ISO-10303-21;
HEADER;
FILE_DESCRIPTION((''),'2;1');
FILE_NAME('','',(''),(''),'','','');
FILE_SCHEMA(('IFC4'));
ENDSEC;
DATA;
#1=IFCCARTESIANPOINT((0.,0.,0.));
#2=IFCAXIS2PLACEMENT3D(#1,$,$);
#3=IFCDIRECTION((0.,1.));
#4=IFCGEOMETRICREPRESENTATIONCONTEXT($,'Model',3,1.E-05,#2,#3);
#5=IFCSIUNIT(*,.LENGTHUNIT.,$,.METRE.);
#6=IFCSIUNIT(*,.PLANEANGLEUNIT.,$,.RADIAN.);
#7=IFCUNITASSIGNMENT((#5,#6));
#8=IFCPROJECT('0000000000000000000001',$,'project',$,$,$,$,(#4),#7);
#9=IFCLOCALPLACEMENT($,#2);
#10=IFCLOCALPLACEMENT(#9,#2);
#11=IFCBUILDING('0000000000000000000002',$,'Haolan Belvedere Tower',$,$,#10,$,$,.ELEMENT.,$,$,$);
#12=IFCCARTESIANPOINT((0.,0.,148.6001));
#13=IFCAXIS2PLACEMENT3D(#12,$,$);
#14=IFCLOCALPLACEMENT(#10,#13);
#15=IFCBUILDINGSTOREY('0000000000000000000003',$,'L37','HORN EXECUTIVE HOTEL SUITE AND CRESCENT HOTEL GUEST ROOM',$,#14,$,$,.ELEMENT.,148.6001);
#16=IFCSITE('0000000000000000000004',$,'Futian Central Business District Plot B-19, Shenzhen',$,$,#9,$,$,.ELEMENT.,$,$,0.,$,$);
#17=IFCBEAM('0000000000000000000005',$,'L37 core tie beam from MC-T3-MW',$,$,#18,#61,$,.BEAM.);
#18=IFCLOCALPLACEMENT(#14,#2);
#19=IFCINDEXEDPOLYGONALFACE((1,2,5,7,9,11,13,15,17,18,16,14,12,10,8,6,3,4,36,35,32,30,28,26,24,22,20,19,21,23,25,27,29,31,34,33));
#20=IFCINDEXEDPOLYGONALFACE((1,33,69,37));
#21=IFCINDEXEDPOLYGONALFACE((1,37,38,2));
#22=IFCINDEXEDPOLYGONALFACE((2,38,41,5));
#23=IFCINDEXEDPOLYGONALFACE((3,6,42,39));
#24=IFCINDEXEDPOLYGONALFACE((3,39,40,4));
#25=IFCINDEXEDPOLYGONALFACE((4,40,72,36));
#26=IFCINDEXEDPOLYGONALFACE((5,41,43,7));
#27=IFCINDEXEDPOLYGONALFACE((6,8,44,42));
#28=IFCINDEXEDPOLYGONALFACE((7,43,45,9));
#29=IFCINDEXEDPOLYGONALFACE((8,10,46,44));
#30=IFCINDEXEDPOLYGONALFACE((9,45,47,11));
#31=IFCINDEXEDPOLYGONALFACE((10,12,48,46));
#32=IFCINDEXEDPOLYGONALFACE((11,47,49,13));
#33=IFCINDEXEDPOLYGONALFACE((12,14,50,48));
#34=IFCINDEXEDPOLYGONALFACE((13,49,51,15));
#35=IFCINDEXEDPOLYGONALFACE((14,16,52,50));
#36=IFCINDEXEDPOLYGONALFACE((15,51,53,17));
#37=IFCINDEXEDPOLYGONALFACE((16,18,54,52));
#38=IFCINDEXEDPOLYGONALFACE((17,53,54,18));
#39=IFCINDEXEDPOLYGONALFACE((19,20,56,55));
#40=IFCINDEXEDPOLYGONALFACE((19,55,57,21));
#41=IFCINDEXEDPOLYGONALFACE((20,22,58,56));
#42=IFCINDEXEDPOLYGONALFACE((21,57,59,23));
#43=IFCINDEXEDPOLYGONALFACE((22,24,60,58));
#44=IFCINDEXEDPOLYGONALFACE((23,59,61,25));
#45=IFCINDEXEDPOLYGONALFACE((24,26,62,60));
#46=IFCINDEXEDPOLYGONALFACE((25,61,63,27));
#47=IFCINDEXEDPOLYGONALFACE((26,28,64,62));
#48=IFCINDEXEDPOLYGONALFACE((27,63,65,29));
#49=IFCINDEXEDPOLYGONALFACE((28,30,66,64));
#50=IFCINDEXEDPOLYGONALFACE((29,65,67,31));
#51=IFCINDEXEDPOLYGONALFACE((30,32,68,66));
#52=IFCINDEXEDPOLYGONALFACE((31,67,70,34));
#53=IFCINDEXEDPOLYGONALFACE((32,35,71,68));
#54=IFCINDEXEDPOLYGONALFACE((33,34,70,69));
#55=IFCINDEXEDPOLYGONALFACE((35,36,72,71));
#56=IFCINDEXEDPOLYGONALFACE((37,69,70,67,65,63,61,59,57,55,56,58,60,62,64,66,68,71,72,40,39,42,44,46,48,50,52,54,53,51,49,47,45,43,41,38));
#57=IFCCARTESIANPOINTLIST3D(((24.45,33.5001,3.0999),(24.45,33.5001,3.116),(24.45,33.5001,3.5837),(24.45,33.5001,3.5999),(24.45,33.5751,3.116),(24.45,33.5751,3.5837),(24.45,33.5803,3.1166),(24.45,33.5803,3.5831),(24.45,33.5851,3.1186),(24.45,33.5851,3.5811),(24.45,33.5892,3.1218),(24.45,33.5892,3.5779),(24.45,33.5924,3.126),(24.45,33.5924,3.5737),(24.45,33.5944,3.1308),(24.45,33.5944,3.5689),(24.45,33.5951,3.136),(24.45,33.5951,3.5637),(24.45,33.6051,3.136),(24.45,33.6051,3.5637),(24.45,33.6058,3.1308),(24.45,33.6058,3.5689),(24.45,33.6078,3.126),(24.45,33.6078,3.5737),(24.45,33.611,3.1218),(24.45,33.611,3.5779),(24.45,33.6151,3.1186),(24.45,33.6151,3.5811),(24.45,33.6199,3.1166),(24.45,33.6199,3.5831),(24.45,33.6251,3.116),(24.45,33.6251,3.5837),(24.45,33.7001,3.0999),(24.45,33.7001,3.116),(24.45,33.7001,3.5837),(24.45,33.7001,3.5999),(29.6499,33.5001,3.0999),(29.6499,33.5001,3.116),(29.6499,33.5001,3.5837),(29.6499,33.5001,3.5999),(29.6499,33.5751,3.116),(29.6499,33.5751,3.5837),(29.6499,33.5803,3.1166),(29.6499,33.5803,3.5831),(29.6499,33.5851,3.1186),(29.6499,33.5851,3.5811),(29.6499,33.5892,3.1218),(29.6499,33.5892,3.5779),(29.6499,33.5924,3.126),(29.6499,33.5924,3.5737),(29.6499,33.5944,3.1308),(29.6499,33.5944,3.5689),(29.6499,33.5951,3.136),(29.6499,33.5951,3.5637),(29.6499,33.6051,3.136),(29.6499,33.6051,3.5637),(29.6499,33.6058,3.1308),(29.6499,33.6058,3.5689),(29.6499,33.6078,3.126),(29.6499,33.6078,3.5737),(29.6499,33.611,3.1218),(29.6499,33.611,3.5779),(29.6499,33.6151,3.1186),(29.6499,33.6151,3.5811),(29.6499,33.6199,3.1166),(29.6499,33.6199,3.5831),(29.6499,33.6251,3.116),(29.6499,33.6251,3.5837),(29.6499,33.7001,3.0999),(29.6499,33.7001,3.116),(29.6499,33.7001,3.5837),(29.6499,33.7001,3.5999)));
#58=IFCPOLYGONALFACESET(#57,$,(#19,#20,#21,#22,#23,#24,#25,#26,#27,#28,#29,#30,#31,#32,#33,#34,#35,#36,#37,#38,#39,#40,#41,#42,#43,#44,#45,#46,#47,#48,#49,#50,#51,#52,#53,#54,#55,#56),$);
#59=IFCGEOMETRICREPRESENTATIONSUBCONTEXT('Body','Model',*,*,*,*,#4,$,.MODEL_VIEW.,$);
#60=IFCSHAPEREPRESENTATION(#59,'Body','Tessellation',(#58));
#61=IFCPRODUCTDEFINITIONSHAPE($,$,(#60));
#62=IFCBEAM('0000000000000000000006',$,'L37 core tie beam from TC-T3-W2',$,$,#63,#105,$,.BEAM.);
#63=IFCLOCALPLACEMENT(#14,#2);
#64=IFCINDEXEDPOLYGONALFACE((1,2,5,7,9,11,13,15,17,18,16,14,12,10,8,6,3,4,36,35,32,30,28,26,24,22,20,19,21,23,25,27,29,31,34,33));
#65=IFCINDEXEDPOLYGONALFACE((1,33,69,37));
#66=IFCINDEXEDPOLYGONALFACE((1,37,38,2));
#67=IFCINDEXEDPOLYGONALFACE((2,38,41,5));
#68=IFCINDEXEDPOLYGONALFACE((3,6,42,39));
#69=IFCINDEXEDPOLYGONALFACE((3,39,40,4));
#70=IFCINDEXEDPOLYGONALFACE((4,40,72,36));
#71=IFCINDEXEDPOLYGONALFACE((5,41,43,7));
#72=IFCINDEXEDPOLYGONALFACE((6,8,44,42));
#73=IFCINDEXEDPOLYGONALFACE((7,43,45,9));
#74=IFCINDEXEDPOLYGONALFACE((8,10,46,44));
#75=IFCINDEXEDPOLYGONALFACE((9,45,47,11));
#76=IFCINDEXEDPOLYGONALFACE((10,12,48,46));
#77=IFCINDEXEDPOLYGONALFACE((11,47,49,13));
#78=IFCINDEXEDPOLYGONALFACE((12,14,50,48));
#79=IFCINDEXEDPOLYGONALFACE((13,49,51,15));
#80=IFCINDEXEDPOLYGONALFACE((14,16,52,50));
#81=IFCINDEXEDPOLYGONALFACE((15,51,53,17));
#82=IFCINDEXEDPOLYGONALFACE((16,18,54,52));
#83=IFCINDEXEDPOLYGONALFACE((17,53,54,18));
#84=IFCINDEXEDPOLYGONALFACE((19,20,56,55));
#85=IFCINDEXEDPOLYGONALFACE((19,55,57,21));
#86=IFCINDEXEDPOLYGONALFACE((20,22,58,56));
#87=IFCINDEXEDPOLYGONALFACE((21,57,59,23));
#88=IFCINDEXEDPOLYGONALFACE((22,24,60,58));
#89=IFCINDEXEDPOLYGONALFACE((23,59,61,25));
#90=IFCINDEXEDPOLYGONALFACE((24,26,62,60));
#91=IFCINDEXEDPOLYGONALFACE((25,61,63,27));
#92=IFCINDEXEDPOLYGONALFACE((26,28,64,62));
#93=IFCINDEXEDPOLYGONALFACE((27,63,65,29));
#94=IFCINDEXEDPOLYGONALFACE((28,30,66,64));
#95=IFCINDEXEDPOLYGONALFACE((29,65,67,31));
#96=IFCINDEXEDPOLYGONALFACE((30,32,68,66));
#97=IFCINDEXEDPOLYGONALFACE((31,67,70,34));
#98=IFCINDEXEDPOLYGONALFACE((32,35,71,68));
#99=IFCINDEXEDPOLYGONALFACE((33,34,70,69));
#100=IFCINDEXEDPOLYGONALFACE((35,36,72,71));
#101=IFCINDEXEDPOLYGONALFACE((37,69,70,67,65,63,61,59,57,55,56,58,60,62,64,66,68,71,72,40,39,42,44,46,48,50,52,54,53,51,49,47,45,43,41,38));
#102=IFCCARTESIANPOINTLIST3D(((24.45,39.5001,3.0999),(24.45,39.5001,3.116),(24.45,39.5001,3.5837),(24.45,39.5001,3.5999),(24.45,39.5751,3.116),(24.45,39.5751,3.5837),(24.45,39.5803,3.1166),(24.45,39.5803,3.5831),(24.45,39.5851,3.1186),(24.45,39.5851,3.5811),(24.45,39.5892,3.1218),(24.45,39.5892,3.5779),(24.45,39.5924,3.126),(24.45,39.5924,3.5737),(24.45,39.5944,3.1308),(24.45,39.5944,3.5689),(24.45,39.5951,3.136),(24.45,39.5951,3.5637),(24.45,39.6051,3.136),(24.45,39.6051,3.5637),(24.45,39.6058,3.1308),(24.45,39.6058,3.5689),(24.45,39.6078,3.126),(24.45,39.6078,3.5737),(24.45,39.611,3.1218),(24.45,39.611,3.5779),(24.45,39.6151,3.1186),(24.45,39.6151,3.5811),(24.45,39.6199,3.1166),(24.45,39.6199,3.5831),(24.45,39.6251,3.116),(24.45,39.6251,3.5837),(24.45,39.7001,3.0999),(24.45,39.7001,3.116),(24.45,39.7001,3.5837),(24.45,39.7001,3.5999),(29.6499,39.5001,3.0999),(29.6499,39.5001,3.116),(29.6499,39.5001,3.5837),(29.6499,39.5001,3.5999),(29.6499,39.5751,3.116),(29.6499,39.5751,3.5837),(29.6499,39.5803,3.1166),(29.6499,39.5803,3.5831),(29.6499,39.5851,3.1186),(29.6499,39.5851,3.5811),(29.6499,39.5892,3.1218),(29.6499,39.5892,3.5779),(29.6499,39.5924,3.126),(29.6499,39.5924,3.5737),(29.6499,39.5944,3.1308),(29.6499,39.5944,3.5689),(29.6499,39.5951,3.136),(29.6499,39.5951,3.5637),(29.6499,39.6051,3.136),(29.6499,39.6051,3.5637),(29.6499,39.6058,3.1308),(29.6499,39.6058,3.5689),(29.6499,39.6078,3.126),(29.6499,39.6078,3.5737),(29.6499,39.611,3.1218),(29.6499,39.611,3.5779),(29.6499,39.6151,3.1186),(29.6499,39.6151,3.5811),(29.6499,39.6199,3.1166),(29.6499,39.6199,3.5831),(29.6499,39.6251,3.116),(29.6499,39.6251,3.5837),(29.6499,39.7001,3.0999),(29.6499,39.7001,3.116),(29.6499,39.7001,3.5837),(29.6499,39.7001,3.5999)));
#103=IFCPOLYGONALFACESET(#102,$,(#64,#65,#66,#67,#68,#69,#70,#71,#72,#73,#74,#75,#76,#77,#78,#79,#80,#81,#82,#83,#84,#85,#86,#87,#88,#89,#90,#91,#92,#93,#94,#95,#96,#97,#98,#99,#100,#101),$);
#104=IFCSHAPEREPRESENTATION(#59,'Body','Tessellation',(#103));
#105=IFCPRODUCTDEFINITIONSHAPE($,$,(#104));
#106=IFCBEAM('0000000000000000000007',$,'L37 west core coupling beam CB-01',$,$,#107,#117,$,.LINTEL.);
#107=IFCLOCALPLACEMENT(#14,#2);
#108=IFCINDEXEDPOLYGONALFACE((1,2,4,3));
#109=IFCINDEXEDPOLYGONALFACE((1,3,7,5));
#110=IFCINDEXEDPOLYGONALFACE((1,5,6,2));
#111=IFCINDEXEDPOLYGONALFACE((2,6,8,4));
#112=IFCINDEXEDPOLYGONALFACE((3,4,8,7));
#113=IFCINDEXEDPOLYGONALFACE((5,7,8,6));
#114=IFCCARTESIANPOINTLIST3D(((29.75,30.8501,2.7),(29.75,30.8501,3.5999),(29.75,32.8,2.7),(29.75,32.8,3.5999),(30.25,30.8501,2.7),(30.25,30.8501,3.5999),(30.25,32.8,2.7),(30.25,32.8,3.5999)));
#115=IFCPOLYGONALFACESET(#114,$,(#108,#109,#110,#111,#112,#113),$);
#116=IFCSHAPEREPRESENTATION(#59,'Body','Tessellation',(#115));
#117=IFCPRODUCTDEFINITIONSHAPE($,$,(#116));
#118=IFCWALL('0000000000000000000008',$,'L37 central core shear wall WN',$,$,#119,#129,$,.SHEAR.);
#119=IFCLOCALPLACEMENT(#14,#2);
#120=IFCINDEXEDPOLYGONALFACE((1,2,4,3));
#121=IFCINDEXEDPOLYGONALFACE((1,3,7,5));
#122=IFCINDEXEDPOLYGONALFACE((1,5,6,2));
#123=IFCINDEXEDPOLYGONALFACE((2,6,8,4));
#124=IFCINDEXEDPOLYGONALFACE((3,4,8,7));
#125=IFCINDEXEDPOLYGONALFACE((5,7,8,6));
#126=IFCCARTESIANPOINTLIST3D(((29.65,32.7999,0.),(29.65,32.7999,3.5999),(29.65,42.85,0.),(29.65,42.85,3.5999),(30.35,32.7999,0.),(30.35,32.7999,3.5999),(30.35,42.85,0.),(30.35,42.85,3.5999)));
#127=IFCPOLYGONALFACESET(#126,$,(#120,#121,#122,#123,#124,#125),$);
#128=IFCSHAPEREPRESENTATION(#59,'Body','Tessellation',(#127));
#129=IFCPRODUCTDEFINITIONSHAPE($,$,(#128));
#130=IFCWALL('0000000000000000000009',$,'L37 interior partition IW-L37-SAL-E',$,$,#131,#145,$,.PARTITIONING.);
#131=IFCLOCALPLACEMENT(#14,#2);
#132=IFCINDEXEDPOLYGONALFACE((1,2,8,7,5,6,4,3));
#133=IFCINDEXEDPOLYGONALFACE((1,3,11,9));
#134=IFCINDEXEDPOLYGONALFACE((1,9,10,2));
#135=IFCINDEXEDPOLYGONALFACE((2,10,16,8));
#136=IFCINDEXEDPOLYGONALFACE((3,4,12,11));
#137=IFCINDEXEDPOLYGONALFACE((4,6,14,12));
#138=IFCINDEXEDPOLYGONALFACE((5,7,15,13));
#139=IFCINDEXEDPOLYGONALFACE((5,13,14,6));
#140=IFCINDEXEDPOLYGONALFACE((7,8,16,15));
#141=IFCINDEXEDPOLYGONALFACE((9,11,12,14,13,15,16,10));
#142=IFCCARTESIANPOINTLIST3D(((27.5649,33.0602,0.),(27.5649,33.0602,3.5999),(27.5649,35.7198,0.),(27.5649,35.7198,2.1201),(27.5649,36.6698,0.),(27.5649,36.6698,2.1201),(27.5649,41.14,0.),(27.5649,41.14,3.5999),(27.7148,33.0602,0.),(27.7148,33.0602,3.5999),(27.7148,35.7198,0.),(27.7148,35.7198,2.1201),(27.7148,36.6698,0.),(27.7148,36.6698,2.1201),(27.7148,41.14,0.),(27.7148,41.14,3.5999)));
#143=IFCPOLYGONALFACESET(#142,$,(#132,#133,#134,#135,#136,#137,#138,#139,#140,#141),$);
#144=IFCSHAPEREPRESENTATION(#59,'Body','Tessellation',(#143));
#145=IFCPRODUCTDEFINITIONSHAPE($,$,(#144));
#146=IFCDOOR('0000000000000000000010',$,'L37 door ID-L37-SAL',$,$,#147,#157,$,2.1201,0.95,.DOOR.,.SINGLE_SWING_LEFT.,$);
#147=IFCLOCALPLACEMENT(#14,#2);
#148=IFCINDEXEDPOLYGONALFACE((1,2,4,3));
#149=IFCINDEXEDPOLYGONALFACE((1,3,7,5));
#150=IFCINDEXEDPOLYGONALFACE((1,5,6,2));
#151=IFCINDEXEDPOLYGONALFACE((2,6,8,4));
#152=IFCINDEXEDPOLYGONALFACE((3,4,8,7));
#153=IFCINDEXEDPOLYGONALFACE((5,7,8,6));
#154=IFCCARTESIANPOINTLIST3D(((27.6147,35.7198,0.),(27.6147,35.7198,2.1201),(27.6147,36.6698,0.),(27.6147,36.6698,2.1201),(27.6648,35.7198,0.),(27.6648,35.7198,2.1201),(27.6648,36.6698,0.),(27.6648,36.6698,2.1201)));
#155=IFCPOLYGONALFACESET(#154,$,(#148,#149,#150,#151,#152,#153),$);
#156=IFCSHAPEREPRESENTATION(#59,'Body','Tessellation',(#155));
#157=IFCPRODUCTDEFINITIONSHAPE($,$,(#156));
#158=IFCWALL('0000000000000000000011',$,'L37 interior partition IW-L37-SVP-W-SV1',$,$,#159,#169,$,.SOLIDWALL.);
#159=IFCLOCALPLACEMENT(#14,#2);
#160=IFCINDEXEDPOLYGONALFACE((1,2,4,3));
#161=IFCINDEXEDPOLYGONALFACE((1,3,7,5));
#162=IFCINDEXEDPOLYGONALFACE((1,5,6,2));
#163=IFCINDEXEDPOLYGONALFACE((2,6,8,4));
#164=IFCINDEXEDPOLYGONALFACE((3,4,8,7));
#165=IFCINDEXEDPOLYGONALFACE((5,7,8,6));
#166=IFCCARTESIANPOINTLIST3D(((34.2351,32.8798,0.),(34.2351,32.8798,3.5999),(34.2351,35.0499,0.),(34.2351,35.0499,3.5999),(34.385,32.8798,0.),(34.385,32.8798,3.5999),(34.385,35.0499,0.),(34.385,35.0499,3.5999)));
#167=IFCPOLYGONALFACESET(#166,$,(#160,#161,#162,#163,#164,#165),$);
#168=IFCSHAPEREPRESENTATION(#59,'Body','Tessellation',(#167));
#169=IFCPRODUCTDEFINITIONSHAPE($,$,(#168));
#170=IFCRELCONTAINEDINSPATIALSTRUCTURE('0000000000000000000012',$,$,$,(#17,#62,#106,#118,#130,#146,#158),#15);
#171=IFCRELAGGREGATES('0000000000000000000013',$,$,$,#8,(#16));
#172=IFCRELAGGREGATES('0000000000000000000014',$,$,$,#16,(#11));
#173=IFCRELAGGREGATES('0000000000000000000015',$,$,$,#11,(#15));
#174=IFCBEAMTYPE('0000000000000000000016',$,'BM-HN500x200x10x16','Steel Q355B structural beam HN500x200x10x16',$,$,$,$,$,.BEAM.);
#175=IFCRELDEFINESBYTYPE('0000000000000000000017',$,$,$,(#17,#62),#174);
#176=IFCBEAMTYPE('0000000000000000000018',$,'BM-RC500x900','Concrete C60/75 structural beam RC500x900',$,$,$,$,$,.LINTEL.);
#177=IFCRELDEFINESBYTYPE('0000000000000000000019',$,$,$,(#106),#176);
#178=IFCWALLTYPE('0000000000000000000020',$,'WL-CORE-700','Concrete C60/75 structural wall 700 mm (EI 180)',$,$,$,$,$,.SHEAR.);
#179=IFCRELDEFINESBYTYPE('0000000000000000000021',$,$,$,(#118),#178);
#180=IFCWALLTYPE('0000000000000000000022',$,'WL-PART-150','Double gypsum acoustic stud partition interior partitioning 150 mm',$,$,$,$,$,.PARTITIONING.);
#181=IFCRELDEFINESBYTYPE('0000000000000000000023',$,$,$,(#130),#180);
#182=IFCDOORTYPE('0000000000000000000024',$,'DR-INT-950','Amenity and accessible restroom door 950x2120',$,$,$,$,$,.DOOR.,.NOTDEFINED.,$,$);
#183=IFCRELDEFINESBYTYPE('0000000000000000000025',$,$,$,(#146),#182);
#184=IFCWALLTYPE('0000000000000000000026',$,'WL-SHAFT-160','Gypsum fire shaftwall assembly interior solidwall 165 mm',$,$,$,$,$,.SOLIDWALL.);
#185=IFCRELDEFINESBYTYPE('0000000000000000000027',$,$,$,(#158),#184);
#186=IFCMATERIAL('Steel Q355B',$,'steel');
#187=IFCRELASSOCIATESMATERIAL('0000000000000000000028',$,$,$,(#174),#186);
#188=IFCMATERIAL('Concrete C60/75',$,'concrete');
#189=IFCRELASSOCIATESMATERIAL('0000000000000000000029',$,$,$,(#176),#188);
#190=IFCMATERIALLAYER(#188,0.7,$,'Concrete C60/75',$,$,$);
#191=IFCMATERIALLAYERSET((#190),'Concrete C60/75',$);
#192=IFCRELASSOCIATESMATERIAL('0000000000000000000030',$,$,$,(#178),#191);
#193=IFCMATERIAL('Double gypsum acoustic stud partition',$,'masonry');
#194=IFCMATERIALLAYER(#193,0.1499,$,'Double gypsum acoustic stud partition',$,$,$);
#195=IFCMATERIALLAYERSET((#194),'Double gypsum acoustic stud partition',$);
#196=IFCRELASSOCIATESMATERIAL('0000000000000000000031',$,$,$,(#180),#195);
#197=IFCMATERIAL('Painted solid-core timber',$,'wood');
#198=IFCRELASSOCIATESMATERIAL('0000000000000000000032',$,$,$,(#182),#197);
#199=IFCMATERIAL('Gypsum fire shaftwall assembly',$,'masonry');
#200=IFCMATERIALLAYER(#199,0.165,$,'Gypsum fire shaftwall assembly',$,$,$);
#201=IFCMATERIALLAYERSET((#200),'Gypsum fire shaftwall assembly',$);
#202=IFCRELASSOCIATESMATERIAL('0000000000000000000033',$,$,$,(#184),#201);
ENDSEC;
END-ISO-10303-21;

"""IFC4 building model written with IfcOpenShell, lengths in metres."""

from ifc_helpers import new_model, si_unit, direction, frame, frame_2d, origin, origin_2d, place, context, subcontext, project, spatial, rectangle, i_section, extrude, material, layer, layer_set, material_profile, profile_set, type_object, element, fill, save


model = new_model("IFC4")

# Units and contexts
model_context = context("Model", 3, precision=1e-05, world=origin(), true_north=direction((0.0, 1.0)))
body_context = subcontext(model_context, "Body", "Model", "MODEL_VIEW")
ifc_project = project(units=[si_unit("LENGTHUNIT", "METRE"), si_unit("PLANEANGLEUNIT", "RADIAN")], contexts=[model_context])

# Site, building, storey
site_placement = place(None, origin())
site = spatial("IfcSite", under=ifc_project, at=site_placement, Name="Futian Central Business District Plot B-19, Shenzhen", CompositionType="ELEMENT", RefElevation=0.0)
building_placement = place(site_placement, origin())
building = spatial("IfcBuilding", under=site, at=building_placement, Name="Haolan Belvedere Tower", CompositionType="ELEMENT")
storey_placement = place(building_placement, frame((0.0, 0.0, 148.6001)))
storey = spatial("IfcBuildingStorey", under=building, at=storey_placement, Name="L37", Description="HORN EXECUTIVE HOTEL SUITE AND CRESCENT HOTEL GUEST ROOM", CompositionType="ELEMENT", Elevation=148.6001)

# Beams
ifc_material_1 = material(Name="Steel Q355B", Category="steel")
ifc_material_profile_1 = material_profile(ifc_material_1, i_section(OverallWidth=0.2, OverallDepth=0.5, WebThickness=0.01, FlangeThickness=0.0161, FilletRadius=0.02, at=origin_2d()), Name="Steel Q355B")
ifc_profile_set_1 = profile_set([ifc_material_profile_1], Name="Steel Q355B")
beam_type_1 = type_object("IfcBeamType", Name="BM-HN500x200x10x16", Description="Steel Q355B structural beam HN500x200x10x16", PredefinedType="BEAM", material=ifc_profile_set_1)
for number, where, z_axis, x_axis, name in (
    (1, (24.45, 33.6001, 3.3499), (1.0, 0.0, 0.0), (0.0, 1.0, 0.0), "L37 core tie beam from MC-T3-MW"),
    (2, (24.45, 39.6001, 3.3499), (1.0, 0.0, 0.0), (0.0, 1.0, 0.0), "L37 core tie beam from TC-T3-W2"),
):
    element("IfcBeam", number, at=place(storey_placement, frame(where, z_axis=z_axis, x_axis=x_axis)), inside=storey, type_object=beam_type_1, Name=name, PredefinedType="BEAM", context=body_context, shape_type="SweptSolid", body=[
        extrude(i_section(OverallWidth=0.2, OverallDepth=0.5, WebThickness=0.01, FlangeThickness=0.0161, FilletRadius=0.02, at=origin_2d()), origin(), (0.0, 0.0, 1.0), 5.2),
    ])
ifc_material_2 = material(Name="Concrete C60/75", Category="concrete")
ifc_material_profile_2 = material_profile(ifc_material_2, rectangle(XDim=0.5, YDim=0.8999, at=origin_2d()), Name="Concrete C60/75")
ifc_profile_set_2 = profile_set([ifc_material_profile_2], Name="Concrete C60/75")
beam_type_2 = type_object("IfcBeamType", Name="BM-RC500x900", Description="Concrete C60/75 structural beam RC500x900", PredefinedType="LINTEL", material=ifc_profile_set_2)
beam_placement = place(storey_placement, frame((30.0, 30.8501, 3.1499), z_axis=(0.0, 1.0, 0.0), x_axis=(-1.0, 0.0, 0.0)))
element("IfcBeam", 3, at=beam_placement, inside=storey, type_object=beam_type_2, Name="L37 west core coupling beam CB-01", PredefinedType="LINTEL", context=body_context, shape_type="SweptSolid", body=[
    extrude(rectangle(XDim=0.5, YDim=0.8999, at=origin_2d()), origin(), (0.0, 0.0, 1.0), 1.95),
])

# Wall
ifc_layer_1 = layer(ifc_material_2, 0.7, Name="Concrete C60/75")
ifc_layer_set_1 = layer_set([ifc_layer_1], Name="Concrete C60/75")
wall_type_1 = type_object("IfcWallType", Name="WL-CORE-700", Description="Concrete C60/75 structural wall 700 mm (EI 180)", PredefinedType="SHEAR", material=ifc_layer_set_1)
wall_1_placement = place(storey_placement, frame((30.0, 32.8, 0.0), z_axis=(0.0, 0.0, 1.0), x_axis=(0.0, 1.0, 0.0)))
element("IfcWall", 4, at=wall_1_placement, inside=storey, type_object=wall_type_1, Name="L37 central core shear wall WN", PredefinedType="SHEAR", context=body_context, shape_type="SweptSolid", body=[
    extrude(rectangle(XDim=10.05, YDim=0.7, at=frame_2d((5.0249, 0.0))), origin(), (0.0, 0.0, 1.0), 3.5999),
])

# Wall, opening, door
ifc_material_3 = material(Name="Double gypsum acoustic stud partition", Category="masonry")
ifc_layer_2 = layer(ifc_material_3, 0.1499, Name="Double gypsum acoustic stud partition")
ifc_layer_set_2 = layer_set([ifc_layer_2], Name="Double gypsum acoustic stud partition")
wall_type_2 = type_object("IfcWallType", Name="WL-PART-150", Description="Double gypsum acoustic stud partition interior partitioning 150 mm", PredefinedType="PARTITIONING", material=ifc_layer_set_2)
wall_2_placement = place(storey_placement, frame((27.6399, 33.0601, 0.0), z_axis=(0.0, 0.0, 1.0), x_axis=(0.0, 1.0, 0.0)))
wall_2 = element("IfcWall", 5, at=wall_2_placement, inside=storey, type_object=wall_type_2, Name="L37 interior partition IW-L37-SAL-E", PredefinedType="PARTITIONING", context=body_context, shape_type="SweptSolid", body=[
    extrude(rectangle(XDim=8.0798, YDim=0.1499, at=frame_2d((4.04, 0.0))), origin(), (0.0, 0.0, 1.0), 3.5999),
])
opening_1_placement = place(wall_2_placement, frame((3.6099, 0.0, 0.0), z_axis=(0.0, 0.0, 1.0), x_axis=(-1.0, 0.0, 0.0)))
opening_1 = element("IfcOpeningElement", 6, at=opening_1_placement, cuts=wall_2, PredefinedType="OPENING", context=body_context, shape_type="SweptSolid", body=[
    extrude(rectangle(XDim=0.95, YDim=2.1201, at=frame_2d((0.4751, 1.0601))), frame((0.0, 0.085, 0.0), z_axis=(0.0, -1.0, 0.0), x_axis=(1.0, 0.0, 0.0)), (0.0, 0.0, 1.0), 0.1699),
])
ifc_material_4 = material(Name="Painted solid-core timber", Category="wood")
door_type_1 = type_object("IfcDoorType", Name="DR-INT-950", Description="Amenity and accessible restroom door 950x2120", OperationType="NOTDEFINED", PredefinedType="DOOR", material=ifc_material_4)
door_1_placement = place(opening_1_placement, origin())
door_1 = element("IfcDoor", 7, at=door_1_placement, inside=storey, type_object=door_type_1, Name="L37 door ID-L37-SAL", OperationType="SINGLE_SWING_LEFT", OverallHeight=2.1201, OverallWidth=0.95, PredefinedType="DOOR", context=body_context, shape_type="SweptSolid", body=[
    extrude(rectangle(XDim=0.95, YDim=2.1201, at=frame_2d((0.4751, 1.0601))), frame((0.0, 0.0249, 0.0), z_axis=(0.0, -1.0, 0.0), x_axis=(1.0, 0.0, 0.0)), (0.0, 0.0, 1.0), 0.05),
])
fill(opening_1, door_1)

# Wall
ifc_material_5 = material(Name="Gypsum fire shaftwall assembly", Category="masonry")
ifc_layer_3 = layer(ifc_material_5, 0.165, Name="Gypsum fire shaftwall assembly")
ifc_layer_set_3 = layer_set([ifc_layer_3], Name="Gypsum fire shaftwall assembly")
wall_type_3 = type_object("IfcWallType", Name="WL-SHAFT-160", Description="Gypsum fire shaftwall assembly interior solidwall 165 mm", PredefinedType="SOLIDWALL", material=ifc_layer_set_3)
wall_3_placement = place(storey_placement, frame((34.3101, 32.8799, 0.0), z_axis=(0.0, 0.0, 1.0), x_axis=(0.0, 1.0, 0.0)))
element("IfcWall", 8, at=wall_3_placement, inside=storey, type_object=wall_type_3, Name="L37 interior partition IW-L37-SVP-W-SV1", PredefinedType="SOLIDWALL", context=body_context, shape_type="SweptSolid", body=[
    extrude(rectangle(XDim=2.1702, YDim=0.1499, at=frame_2d((1.085, 0.0))), origin(), (0.0, 0.0, 1.0), 3.5999),
])

save(model, "model.ifc")
